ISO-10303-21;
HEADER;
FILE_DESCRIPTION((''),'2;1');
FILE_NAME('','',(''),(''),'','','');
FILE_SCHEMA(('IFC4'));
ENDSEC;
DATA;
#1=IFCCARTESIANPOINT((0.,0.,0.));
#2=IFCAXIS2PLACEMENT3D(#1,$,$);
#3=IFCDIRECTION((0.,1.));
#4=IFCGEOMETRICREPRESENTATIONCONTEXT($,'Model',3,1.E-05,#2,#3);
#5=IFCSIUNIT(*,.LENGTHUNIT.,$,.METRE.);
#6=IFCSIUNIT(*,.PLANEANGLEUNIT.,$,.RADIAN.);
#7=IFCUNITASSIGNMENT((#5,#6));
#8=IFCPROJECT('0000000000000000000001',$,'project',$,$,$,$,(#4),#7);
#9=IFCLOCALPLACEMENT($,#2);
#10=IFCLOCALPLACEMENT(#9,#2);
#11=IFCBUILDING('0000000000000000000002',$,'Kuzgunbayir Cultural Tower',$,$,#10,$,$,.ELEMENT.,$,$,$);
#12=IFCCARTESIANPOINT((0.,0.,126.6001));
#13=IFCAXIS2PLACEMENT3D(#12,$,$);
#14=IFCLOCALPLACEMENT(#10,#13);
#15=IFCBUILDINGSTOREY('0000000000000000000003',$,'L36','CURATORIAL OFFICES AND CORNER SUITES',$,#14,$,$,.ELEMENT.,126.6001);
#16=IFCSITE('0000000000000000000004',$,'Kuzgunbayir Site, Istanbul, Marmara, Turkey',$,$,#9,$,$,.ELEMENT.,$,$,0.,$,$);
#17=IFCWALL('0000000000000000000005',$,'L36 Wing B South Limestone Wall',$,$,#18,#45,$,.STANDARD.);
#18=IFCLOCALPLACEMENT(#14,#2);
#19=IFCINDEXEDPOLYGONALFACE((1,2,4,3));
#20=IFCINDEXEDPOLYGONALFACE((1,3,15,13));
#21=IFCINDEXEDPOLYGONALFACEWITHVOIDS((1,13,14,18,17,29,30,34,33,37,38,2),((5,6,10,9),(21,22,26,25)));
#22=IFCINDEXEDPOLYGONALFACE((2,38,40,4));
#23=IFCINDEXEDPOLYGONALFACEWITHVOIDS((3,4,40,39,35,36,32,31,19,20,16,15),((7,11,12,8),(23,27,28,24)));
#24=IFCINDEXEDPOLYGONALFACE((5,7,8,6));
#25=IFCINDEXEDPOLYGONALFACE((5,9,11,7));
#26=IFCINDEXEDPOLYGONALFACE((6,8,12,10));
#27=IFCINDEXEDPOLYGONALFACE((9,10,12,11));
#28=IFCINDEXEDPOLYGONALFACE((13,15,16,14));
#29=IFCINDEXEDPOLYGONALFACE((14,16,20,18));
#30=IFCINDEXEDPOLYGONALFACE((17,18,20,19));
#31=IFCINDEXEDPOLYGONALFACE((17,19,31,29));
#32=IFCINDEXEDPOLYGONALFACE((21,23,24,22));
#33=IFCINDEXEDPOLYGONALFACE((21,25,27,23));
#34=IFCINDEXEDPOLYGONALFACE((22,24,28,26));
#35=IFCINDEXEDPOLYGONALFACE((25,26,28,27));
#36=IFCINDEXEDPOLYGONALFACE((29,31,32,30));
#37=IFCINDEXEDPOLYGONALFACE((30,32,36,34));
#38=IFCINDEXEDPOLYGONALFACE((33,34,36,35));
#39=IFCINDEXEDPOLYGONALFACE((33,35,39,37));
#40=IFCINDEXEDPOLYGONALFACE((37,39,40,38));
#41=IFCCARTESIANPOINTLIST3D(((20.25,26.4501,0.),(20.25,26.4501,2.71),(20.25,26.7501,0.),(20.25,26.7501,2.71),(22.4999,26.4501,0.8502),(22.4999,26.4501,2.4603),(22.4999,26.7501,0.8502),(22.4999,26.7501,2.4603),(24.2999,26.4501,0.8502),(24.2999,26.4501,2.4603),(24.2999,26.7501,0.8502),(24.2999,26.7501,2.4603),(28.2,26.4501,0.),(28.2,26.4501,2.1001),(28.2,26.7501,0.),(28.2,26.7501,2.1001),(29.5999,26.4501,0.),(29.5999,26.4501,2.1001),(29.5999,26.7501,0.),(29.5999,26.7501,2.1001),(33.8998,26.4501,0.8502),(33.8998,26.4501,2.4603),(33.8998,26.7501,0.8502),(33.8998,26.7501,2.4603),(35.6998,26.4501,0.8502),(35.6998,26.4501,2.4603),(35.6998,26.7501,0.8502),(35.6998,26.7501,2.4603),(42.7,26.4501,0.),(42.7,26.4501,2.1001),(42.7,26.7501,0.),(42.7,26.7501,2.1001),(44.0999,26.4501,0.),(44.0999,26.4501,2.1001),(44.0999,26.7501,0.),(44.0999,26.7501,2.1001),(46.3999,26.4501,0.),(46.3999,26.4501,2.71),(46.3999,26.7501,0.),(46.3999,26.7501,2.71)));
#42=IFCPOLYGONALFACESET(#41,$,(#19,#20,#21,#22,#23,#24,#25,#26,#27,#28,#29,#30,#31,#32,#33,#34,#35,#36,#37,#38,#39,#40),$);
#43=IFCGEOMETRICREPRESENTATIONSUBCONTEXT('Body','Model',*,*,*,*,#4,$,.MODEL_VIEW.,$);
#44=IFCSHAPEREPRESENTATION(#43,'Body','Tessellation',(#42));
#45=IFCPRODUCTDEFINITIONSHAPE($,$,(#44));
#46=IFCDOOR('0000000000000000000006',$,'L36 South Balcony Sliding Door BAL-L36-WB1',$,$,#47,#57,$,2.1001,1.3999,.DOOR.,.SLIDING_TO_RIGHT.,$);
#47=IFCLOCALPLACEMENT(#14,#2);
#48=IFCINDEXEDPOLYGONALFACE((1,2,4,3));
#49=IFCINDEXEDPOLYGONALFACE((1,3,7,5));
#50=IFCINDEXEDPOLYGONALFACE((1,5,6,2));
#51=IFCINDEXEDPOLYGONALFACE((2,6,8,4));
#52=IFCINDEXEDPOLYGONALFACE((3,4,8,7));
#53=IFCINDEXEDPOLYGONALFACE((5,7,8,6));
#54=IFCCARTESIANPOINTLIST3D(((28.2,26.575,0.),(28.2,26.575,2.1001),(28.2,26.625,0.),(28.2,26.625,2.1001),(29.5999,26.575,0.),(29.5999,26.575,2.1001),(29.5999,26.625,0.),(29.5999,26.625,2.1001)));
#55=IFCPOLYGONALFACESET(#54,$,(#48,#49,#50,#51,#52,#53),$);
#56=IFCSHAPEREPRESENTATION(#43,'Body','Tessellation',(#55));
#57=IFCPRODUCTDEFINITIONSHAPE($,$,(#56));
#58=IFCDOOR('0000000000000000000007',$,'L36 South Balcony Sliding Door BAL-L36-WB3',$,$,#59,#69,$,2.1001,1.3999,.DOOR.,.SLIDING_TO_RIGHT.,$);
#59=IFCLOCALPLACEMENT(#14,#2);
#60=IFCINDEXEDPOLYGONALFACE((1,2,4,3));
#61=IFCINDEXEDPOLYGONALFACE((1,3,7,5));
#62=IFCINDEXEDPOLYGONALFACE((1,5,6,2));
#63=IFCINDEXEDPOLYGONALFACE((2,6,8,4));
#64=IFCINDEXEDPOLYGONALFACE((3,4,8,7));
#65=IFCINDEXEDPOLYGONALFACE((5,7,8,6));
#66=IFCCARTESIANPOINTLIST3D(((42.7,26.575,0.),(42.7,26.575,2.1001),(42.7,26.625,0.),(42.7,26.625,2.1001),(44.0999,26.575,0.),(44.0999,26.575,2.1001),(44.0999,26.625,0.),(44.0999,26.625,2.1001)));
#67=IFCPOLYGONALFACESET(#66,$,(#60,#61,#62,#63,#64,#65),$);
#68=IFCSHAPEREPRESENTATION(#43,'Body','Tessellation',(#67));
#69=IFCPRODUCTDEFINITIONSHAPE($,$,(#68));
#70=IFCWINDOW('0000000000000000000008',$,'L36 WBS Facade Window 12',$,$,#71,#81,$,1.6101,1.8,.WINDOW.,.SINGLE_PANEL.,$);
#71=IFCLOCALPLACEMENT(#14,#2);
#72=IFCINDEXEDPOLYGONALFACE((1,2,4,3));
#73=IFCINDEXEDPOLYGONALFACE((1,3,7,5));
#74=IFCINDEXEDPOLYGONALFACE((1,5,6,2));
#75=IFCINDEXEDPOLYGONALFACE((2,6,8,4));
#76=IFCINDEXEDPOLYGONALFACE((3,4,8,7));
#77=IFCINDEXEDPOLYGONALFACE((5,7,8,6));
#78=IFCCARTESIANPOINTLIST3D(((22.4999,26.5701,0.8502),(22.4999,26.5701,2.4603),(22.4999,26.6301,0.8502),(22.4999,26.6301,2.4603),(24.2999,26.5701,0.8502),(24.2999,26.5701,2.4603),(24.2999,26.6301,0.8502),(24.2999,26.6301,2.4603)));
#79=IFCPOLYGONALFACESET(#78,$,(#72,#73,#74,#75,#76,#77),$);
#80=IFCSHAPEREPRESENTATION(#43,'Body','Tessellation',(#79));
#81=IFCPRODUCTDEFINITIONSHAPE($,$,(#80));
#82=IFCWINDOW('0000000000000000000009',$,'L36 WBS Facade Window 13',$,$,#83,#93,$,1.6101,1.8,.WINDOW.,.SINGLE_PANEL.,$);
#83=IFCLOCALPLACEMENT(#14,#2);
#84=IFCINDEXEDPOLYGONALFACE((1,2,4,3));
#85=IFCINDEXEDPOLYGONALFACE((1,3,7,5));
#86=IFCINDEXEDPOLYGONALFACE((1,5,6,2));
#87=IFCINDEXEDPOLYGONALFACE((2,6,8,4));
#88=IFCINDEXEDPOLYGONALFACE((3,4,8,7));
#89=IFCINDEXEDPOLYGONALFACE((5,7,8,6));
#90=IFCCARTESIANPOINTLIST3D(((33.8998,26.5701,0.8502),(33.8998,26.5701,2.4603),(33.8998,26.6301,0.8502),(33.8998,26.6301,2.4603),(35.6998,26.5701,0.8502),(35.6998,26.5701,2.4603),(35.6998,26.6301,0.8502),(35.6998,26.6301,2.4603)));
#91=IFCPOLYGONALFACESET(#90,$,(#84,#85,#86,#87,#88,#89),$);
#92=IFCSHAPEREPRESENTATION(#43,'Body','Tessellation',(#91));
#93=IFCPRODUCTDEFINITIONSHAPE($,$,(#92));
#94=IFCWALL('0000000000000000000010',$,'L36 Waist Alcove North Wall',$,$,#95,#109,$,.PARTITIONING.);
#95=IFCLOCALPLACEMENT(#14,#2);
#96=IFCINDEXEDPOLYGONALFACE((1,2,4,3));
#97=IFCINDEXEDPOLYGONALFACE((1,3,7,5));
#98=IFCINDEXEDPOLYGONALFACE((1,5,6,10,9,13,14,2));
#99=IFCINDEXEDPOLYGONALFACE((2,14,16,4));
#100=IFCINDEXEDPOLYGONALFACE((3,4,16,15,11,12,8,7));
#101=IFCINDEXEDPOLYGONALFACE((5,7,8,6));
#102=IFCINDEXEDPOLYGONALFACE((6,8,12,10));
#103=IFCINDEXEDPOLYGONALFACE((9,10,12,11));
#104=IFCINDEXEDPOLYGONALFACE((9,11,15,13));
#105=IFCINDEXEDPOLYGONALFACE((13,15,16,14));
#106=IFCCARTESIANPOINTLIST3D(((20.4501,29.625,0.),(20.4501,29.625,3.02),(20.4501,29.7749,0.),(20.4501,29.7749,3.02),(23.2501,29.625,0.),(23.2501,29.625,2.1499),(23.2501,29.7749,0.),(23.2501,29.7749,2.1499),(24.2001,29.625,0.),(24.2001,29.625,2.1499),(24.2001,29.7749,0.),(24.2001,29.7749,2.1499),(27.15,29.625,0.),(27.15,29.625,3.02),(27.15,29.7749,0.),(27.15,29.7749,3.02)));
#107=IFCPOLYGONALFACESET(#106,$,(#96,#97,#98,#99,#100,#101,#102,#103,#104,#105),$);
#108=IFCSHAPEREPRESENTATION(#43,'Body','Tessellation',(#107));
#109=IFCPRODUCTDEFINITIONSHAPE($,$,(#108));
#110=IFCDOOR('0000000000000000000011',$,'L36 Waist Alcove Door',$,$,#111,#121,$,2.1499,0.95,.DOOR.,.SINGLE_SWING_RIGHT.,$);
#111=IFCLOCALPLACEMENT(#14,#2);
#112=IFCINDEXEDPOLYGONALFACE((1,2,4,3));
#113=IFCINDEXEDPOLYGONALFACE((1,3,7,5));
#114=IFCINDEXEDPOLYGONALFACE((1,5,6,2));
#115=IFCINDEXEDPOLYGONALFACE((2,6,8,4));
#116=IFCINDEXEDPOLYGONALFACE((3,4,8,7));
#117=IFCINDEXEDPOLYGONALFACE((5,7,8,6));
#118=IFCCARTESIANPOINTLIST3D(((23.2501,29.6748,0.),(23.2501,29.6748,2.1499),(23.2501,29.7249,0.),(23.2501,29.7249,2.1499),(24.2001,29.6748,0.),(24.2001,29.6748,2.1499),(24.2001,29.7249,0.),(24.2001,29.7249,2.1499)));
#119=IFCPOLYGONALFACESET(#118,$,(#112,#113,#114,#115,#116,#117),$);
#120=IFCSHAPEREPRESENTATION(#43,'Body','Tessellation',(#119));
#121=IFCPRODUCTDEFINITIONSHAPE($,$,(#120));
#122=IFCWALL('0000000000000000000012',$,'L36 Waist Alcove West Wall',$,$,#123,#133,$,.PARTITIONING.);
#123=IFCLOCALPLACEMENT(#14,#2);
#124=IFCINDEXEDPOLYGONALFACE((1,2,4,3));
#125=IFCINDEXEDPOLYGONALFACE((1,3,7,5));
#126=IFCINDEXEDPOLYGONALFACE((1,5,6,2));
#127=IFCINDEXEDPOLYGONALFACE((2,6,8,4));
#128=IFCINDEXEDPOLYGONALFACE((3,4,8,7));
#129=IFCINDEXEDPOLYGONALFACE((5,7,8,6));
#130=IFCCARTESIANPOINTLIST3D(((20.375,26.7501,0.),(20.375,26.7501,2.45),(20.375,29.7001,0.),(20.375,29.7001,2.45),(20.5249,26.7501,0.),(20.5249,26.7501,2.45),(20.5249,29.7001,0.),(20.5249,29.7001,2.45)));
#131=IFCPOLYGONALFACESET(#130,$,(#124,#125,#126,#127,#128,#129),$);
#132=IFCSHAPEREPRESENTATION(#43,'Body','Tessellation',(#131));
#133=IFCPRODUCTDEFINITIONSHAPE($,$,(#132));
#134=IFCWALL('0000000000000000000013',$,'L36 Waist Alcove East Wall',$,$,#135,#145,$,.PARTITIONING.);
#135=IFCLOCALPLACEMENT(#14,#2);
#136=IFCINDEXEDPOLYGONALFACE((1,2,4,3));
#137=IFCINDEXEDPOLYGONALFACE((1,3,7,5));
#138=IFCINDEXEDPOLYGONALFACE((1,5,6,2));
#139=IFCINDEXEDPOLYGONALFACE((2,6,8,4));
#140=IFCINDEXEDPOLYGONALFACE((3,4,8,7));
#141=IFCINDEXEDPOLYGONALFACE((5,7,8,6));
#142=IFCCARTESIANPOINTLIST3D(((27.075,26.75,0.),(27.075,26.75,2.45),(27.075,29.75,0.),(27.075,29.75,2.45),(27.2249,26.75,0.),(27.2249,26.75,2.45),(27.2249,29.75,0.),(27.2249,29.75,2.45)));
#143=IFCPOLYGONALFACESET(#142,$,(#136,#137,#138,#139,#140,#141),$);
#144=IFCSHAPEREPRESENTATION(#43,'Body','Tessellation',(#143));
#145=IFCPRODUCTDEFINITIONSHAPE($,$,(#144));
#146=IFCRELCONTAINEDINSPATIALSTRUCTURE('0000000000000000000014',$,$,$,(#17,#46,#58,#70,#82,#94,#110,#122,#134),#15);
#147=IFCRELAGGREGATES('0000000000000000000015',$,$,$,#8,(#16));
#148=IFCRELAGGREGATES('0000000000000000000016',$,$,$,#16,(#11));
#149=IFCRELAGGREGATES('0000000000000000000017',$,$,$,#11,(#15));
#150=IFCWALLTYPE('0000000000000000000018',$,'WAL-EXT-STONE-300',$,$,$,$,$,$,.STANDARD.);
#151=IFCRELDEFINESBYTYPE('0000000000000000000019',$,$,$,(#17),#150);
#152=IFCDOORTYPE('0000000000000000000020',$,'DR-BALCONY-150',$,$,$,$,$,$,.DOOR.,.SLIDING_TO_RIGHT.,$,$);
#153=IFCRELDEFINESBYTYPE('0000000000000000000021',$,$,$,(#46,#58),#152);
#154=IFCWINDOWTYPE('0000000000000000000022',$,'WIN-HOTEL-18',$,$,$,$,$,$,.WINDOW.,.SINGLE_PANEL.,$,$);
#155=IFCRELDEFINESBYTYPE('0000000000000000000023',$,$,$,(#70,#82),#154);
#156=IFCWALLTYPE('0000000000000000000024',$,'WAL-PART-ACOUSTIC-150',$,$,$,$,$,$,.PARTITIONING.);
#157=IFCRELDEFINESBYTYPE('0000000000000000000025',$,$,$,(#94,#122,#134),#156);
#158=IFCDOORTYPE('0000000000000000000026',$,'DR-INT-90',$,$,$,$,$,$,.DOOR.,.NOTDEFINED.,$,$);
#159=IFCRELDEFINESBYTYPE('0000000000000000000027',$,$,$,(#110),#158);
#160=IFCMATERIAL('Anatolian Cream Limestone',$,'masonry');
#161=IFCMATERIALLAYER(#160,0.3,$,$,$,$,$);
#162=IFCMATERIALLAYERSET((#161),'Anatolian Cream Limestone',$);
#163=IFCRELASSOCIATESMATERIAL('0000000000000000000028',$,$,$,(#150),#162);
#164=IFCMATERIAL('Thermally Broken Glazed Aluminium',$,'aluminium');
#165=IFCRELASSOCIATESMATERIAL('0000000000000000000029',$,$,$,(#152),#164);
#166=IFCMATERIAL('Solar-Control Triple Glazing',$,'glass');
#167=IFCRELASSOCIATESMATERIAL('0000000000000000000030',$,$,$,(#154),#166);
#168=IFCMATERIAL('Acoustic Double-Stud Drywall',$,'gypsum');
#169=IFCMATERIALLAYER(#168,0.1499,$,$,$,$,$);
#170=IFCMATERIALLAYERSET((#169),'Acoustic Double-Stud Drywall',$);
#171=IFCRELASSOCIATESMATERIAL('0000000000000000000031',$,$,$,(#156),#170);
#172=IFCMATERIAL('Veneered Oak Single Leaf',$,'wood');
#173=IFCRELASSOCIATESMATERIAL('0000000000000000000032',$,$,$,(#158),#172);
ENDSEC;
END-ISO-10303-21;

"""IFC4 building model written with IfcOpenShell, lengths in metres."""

from ifc_helpers import new_model, si_unit, direction, frame, frame_2d, origin, place, context, subcontext, project, spatial, rectangle, extrude, material, layer, layer_set, type_object, element, fill, save


model = new_model("IFC4")

# Units and contexts
model_context = context("Model", 3, precision=1e-05, world=origin(), true_north=direction((0.0, 1.0)))
body_context = subcontext(model_context, "Body", "Model", "MODEL_VIEW")
ifc_project = project(units=[si_unit("LENGTHUNIT", "METRE"), si_unit("PLANEANGLEUNIT", "RADIAN")], contexts=[model_context])

# Site, building, storey
site_placement = place(None, origin())
site = spatial("IfcSite", under=ifc_project, at=site_placement, Name="Kuzgunbayir Site, Istanbul, Marmara, Turkey", CompositionType="ELEMENT", RefElevation=0.0)
building_placement = place(site_placement, origin())
building = spatial("IfcBuilding", under=site, at=building_placement, Name="Kuzgunbayir Cultural Tower", CompositionType="ELEMENT")
storey_placement = place(building_placement, frame((0.0, 0.0, 126.6001)))
storey = spatial("IfcBuildingStorey", under=building, at=storey_placement, Name="L36", Description="CURATORIAL OFFICES AND CORNER SUITES", CompositionType="ELEMENT", Elevation=126.6001)

# Wall, openings, doors, windows
ifc_material_1 = material(Name="Anatolian Cream Limestone", Category="masonry")
ifc_layer_1 = layer(ifc_material_1, 0.3)
ifc_layer_set_1 = layer_set([ifc_layer_1], Name="Anatolian Cream Limestone")
wall_type_1 = type_object("IfcWallType", Name="WAL-EXT-STONE-300", PredefinedType="STANDARD", material=ifc_layer_set_1)
wall_1_placement = place(storey_placement, frame((20.25, 26.6001, 0.0), z_axis=(0.0, 0.0, 1.0), x_axis=(1.0, 0.0, 0.0)))
wall_1 = element("IfcWall", 1, at=wall_1_placement, inside=storey, type_object=wall_type_1, Name="L36 Wing B South Limestone Wall", PredefinedType="STANDARD", context=body_context, shape_type="SweptSolid", body=[
    extrude(rectangle(XDim=26.1499, YDim=0.3, at=frame_2d((13.075, 0.0))), origin(), (0.0, 0.0, 1.0), 2.71),
])
opening_1_placement = place(wall_1_placement, frame((7.95, 0.0, 0.0)))
opening_1 = element("IfcOpeningElement", 2, at=opening_1_placement, cuts=wall_1, PredefinedType="OPENING", context=body_context, shape_type="SweptSolid", body=[
    extrude(rectangle(XDim=1.3999, YDim=2.1001, at=frame_2d((0.7, 1.05))), frame((0.0, 0.1602, 0.0), z_axis=(0.0, -1.0, 0.0), x_axis=(1.0, 0.0, 0.0)), (0.0, 0.0, 1.0), 0.3201),
])
opening_2_placement = place(wall_1_placement, frame((22.45, 0.0, 0.0)))
opening_2 = element("IfcOpeningElement", 3, at=opening_2_placement, cuts=wall_1, PredefinedType="OPENING", context=body_context, shape_type="SweptSolid", body=[
    extrude(rectangle(XDim=1.3999, YDim=2.1001, at=frame_2d((0.7, 1.05))), frame((0.0, 0.1602, 0.0), z_axis=(0.0, -1.0, 0.0), x_axis=(1.0, 0.0, 0.0)), (0.0, 0.0, 1.0), 0.3201),
])
opening_3_placement = place(wall_1_placement, frame((2.25, 0.0, 0.8501)))
opening_3 = element("IfcOpeningElement", 4, at=opening_3_placement, cuts=wall_1, PredefinedType="OPENING", context=body_context, shape_type="SweptSolid", body=[
    extrude(rectangle(XDim=1.8, YDim=1.6101, at=frame_2d((0.8999, 0.8052))), frame((0.0, 0.1602, 0.0), z_axis=(0.0, -1.0, 0.0), x_axis=(1.0, 0.0, 0.0)), (0.0, 0.0, 1.0), 0.3201),
])
opening_4_placement = place(wall_1_placement, frame((13.6499, 0.0, 0.8501)))
opening_4 = element("IfcOpeningElement", 5, at=opening_4_placement, cuts=wall_1, PredefinedType="OPENING", context=body_context, shape_type="SweptSolid", body=[
    extrude(rectangle(XDim=1.8, YDim=1.6101, at=frame_2d((0.8999, 0.8052))), frame((0.0, 0.1602, 0.0), z_axis=(0.0, -1.0, 0.0), x_axis=(1.0, 0.0, 0.0)), (0.0, 0.0, 1.0), 0.3201),
])
ifc_material_2 = material(Name="Thermally Broken Glazed Aluminium", Category="aluminium")
door_type_1 = type_object("IfcDoorType", Name="DR-BALCONY-150", OperationType="SLIDING_TO_RIGHT", PredefinedType="DOOR", material=ifc_material_2)
door_1_placement = place(opening_1_placement, origin())
door_1 = element("IfcDoor", 6, at=door_1_placement, inside=storey, type_object=door_type_1, Name="L36 South Balcony Sliding Door BAL-L36-WB1", OperationType="SLIDING_TO_RIGHT", OverallHeight=2.1001, OverallWidth=1.3999, PredefinedType="DOOR", context=body_context, shape_type="SweptSolid", body=[
    extrude(rectangle(XDim=1.3999, YDim=2.1001, at=frame_2d((0.7, 1.05))), frame((0.0, 0.0249, 0.0), z_axis=(0.0, -1.0, 0.0), x_axis=(1.0, 0.0, 0.0)), (0.0, 0.0, 1.0), 0.05),
])
fill(opening_1, door_1)
door_2_placement = place(opening_2_placement, origin())
door_2 = element("IfcDoor", 7, at=door_2_placement, inside=storey, type_object=door_type_1, Name="L36 South Balcony Sliding Door BAL-L36-WB3", OperationType="SLIDING_TO_RIGHT", OverallHeight=2.1001, OverallWidth=1.3999, PredefinedType="DOOR", context=body_context, shape_type="SweptSolid", body=[
    extrude(rectangle(XDim=1.3999, YDim=2.1001, at=frame_2d((0.7, 1.05))), frame((0.0, 0.0249, 0.0), z_axis=(0.0, -1.0, 0.0), x_axis=(1.0, 0.0, 0.0)), (0.0, 0.0, 1.0), 0.05),
])
fill(opening_2, door_2)
ifc_material_3 = material(Name="Solar-Control Triple Glazing", Category="glass")
window_type = type_object("IfcWindowType", Name="WIN-HOTEL-18", PartitioningType="SINGLE_PANEL", PredefinedType="WINDOW", material=ifc_material_3)
window_1_placement = place(opening_3_placement, origin())
window_1 = element("IfcWindow", 8, at=window_1_placement, inside=storey, type_object=window_type, Name="L36 WBS Facade Window 12", OverallHeight=1.6101, OverallWidth=1.8, PartitioningType="SINGLE_PANEL", PredefinedType="WINDOW", context=body_context, shape_type="SweptSolid", body=[
    extrude(rectangle(XDim=1.8, YDim=1.6101, at=frame_2d((0.8999, 0.8052))), frame((0.0, 0.03, 0.0), z_axis=(0.0, -1.0, 0.0), x_axis=(1.0, 0.0, 0.0)), (0.0, 0.0, 1.0), 0.0601),
])
fill(opening_3, window_1)
window_2_placement = place(opening_4_placement, origin())
window_2 = element("IfcWindow", 9, at=window_2_placement, inside=storey, type_object=window_type, Name="L36 WBS Facade Window 13", OverallHeight=1.6101, OverallWidth=1.8, PartitioningType="SINGLE_PANEL", PredefinedType="WINDOW", context=body_context, shape_type="SweptSolid", body=[
    extrude(rectangle(XDim=1.8, YDim=1.6101, at=frame_2d((0.8999, 0.8052))), frame((0.0, 0.03, 0.0), z_axis=(0.0, -1.0, 0.0), x_axis=(1.0, 0.0, 0.0)), (0.0, 0.0, 1.0), 0.0601),
])
fill(opening_4, window_2)

# Wall, opening, door
ifc_material_4 = material(Name="Acoustic Double-Stud Drywall", Category="gypsum")
ifc_layer_2 = layer(ifc_material_4, 0.1499)
ifc_layer_set_2 = layer_set([ifc_layer_2], Name="Acoustic Double-Stud Drywall")
wall_type_2 = type_object("IfcWallType", Name="WAL-PART-ACOUSTIC-150", PredefinedType="PARTITIONING", material=ifc_layer_set_2)
wall_2_placement = place(storey_placement, frame((20.45, 29.7, 0.0), z_axis=(0.0, 0.0, 1.0), x_axis=(1.0, 0.0, 0.0)))
wall_2 = element("IfcWall", 10, at=wall_2_placement, inside=storey, type_object=wall_type_2, Name="L36 Waist Alcove North Wall", PredefinedType="PARTITIONING", context=body_context, shape_type="SweptSolid", body=[
    extrude(rectangle(XDim=6.7, YDim=0.1499, at=frame_2d((3.3501, 0.0))), origin(), (0.0, 0.0, 1.0), 3.02),
])
opening_5_placement = place(wall_2_placement, frame((2.8, 0.0, 0.0)))
opening_5 = element("IfcOpeningElement", 11, at=opening_5_placement, cuts=wall_2, PredefinedType="OPENING", context=body_context, shape_type="SweptSolid", body=[
    extrude(rectangle(XDim=0.95, YDim=2.1499, at=frame_2d((0.4751, 1.075))), frame((0.0, 0.085, 0.0), z_axis=(0.0, -1.0, 0.0), x_axis=(1.0, 0.0, 0.0)), (0.0, 0.0, 1.0), 0.1699),
])
ifc_material_5 = material(Name="Veneered Oak Single Leaf", Category="wood")
door_type_2 = type_object("IfcDoorType", Name="DR-INT-90", OperationType="NOTDEFINED", PredefinedType="DOOR", material=ifc_material_5)
door_3_placement = place(opening_5_placement, origin())
door_3 = element("IfcDoor", 12, at=door_3_placement, inside=storey, type_object=door_type_2, Name="L36 Waist Alcove Door", OperationType="SINGLE_SWING_RIGHT", OverallHeight=2.1499, OverallWidth=0.95, PredefinedType="DOOR", context=body_context, shape_type="SweptSolid", body=[
    extrude(rectangle(XDim=0.95, YDim=2.1499, at=frame_2d((0.4751, 1.075))), frame((0.0, 0.0249, 0.0), z_axis=(0.0, -1.0, 0.0), x_axis=(1.0, 0.0, 0.0)), (0.0, 0.0, 1.0), 0.05),
])
fill(opening_5, door_3)

# Walls
wall_3_placement = place(storey_placement, frame((20.45, 26.75, 0.0), z_axis=(0.0, 0.0, 1.0), x_axis=(0.0, 1.0, 0.0)))
element("IfcWall", 13, at=wall_3_placement, inside=storey, type_object=wall_type_2, Name="L36 Waist Alcove West Wall", PredefinedType="PARTITIONING", context=body_context, shape_type="SweptSolid", body=[
    extrude(rectangle(XDim=2.95, YDim=0.1499, at=frame_2d((1.4751, 0.0))), origin(), (0.0, 0.0, 1.0), 2.45),
])
wall_4_placement = place(storey_placement, frame((27.1499, 26.75, 0.0), z_axis=(0.0, 0.0, 1.0), x_axis=(0.0, 1.0, 0.0)))
element("IfcWall", 14, at=wall_4_placement, inside=storey, type_object=wall_type_2, Name="L36 Waist Alcove East Wall", PredefinedType="PARTITIONING", context=body_context, shape_type="SweptSolid", body=[
    extrude(rectangle(XDim=3.0, YDim=0.1499, at=frame_2d((1.5, 0.0))), origin(), (0.0, 0.0, 1.0), 2.45),
])

save(model, "model.ifc")
